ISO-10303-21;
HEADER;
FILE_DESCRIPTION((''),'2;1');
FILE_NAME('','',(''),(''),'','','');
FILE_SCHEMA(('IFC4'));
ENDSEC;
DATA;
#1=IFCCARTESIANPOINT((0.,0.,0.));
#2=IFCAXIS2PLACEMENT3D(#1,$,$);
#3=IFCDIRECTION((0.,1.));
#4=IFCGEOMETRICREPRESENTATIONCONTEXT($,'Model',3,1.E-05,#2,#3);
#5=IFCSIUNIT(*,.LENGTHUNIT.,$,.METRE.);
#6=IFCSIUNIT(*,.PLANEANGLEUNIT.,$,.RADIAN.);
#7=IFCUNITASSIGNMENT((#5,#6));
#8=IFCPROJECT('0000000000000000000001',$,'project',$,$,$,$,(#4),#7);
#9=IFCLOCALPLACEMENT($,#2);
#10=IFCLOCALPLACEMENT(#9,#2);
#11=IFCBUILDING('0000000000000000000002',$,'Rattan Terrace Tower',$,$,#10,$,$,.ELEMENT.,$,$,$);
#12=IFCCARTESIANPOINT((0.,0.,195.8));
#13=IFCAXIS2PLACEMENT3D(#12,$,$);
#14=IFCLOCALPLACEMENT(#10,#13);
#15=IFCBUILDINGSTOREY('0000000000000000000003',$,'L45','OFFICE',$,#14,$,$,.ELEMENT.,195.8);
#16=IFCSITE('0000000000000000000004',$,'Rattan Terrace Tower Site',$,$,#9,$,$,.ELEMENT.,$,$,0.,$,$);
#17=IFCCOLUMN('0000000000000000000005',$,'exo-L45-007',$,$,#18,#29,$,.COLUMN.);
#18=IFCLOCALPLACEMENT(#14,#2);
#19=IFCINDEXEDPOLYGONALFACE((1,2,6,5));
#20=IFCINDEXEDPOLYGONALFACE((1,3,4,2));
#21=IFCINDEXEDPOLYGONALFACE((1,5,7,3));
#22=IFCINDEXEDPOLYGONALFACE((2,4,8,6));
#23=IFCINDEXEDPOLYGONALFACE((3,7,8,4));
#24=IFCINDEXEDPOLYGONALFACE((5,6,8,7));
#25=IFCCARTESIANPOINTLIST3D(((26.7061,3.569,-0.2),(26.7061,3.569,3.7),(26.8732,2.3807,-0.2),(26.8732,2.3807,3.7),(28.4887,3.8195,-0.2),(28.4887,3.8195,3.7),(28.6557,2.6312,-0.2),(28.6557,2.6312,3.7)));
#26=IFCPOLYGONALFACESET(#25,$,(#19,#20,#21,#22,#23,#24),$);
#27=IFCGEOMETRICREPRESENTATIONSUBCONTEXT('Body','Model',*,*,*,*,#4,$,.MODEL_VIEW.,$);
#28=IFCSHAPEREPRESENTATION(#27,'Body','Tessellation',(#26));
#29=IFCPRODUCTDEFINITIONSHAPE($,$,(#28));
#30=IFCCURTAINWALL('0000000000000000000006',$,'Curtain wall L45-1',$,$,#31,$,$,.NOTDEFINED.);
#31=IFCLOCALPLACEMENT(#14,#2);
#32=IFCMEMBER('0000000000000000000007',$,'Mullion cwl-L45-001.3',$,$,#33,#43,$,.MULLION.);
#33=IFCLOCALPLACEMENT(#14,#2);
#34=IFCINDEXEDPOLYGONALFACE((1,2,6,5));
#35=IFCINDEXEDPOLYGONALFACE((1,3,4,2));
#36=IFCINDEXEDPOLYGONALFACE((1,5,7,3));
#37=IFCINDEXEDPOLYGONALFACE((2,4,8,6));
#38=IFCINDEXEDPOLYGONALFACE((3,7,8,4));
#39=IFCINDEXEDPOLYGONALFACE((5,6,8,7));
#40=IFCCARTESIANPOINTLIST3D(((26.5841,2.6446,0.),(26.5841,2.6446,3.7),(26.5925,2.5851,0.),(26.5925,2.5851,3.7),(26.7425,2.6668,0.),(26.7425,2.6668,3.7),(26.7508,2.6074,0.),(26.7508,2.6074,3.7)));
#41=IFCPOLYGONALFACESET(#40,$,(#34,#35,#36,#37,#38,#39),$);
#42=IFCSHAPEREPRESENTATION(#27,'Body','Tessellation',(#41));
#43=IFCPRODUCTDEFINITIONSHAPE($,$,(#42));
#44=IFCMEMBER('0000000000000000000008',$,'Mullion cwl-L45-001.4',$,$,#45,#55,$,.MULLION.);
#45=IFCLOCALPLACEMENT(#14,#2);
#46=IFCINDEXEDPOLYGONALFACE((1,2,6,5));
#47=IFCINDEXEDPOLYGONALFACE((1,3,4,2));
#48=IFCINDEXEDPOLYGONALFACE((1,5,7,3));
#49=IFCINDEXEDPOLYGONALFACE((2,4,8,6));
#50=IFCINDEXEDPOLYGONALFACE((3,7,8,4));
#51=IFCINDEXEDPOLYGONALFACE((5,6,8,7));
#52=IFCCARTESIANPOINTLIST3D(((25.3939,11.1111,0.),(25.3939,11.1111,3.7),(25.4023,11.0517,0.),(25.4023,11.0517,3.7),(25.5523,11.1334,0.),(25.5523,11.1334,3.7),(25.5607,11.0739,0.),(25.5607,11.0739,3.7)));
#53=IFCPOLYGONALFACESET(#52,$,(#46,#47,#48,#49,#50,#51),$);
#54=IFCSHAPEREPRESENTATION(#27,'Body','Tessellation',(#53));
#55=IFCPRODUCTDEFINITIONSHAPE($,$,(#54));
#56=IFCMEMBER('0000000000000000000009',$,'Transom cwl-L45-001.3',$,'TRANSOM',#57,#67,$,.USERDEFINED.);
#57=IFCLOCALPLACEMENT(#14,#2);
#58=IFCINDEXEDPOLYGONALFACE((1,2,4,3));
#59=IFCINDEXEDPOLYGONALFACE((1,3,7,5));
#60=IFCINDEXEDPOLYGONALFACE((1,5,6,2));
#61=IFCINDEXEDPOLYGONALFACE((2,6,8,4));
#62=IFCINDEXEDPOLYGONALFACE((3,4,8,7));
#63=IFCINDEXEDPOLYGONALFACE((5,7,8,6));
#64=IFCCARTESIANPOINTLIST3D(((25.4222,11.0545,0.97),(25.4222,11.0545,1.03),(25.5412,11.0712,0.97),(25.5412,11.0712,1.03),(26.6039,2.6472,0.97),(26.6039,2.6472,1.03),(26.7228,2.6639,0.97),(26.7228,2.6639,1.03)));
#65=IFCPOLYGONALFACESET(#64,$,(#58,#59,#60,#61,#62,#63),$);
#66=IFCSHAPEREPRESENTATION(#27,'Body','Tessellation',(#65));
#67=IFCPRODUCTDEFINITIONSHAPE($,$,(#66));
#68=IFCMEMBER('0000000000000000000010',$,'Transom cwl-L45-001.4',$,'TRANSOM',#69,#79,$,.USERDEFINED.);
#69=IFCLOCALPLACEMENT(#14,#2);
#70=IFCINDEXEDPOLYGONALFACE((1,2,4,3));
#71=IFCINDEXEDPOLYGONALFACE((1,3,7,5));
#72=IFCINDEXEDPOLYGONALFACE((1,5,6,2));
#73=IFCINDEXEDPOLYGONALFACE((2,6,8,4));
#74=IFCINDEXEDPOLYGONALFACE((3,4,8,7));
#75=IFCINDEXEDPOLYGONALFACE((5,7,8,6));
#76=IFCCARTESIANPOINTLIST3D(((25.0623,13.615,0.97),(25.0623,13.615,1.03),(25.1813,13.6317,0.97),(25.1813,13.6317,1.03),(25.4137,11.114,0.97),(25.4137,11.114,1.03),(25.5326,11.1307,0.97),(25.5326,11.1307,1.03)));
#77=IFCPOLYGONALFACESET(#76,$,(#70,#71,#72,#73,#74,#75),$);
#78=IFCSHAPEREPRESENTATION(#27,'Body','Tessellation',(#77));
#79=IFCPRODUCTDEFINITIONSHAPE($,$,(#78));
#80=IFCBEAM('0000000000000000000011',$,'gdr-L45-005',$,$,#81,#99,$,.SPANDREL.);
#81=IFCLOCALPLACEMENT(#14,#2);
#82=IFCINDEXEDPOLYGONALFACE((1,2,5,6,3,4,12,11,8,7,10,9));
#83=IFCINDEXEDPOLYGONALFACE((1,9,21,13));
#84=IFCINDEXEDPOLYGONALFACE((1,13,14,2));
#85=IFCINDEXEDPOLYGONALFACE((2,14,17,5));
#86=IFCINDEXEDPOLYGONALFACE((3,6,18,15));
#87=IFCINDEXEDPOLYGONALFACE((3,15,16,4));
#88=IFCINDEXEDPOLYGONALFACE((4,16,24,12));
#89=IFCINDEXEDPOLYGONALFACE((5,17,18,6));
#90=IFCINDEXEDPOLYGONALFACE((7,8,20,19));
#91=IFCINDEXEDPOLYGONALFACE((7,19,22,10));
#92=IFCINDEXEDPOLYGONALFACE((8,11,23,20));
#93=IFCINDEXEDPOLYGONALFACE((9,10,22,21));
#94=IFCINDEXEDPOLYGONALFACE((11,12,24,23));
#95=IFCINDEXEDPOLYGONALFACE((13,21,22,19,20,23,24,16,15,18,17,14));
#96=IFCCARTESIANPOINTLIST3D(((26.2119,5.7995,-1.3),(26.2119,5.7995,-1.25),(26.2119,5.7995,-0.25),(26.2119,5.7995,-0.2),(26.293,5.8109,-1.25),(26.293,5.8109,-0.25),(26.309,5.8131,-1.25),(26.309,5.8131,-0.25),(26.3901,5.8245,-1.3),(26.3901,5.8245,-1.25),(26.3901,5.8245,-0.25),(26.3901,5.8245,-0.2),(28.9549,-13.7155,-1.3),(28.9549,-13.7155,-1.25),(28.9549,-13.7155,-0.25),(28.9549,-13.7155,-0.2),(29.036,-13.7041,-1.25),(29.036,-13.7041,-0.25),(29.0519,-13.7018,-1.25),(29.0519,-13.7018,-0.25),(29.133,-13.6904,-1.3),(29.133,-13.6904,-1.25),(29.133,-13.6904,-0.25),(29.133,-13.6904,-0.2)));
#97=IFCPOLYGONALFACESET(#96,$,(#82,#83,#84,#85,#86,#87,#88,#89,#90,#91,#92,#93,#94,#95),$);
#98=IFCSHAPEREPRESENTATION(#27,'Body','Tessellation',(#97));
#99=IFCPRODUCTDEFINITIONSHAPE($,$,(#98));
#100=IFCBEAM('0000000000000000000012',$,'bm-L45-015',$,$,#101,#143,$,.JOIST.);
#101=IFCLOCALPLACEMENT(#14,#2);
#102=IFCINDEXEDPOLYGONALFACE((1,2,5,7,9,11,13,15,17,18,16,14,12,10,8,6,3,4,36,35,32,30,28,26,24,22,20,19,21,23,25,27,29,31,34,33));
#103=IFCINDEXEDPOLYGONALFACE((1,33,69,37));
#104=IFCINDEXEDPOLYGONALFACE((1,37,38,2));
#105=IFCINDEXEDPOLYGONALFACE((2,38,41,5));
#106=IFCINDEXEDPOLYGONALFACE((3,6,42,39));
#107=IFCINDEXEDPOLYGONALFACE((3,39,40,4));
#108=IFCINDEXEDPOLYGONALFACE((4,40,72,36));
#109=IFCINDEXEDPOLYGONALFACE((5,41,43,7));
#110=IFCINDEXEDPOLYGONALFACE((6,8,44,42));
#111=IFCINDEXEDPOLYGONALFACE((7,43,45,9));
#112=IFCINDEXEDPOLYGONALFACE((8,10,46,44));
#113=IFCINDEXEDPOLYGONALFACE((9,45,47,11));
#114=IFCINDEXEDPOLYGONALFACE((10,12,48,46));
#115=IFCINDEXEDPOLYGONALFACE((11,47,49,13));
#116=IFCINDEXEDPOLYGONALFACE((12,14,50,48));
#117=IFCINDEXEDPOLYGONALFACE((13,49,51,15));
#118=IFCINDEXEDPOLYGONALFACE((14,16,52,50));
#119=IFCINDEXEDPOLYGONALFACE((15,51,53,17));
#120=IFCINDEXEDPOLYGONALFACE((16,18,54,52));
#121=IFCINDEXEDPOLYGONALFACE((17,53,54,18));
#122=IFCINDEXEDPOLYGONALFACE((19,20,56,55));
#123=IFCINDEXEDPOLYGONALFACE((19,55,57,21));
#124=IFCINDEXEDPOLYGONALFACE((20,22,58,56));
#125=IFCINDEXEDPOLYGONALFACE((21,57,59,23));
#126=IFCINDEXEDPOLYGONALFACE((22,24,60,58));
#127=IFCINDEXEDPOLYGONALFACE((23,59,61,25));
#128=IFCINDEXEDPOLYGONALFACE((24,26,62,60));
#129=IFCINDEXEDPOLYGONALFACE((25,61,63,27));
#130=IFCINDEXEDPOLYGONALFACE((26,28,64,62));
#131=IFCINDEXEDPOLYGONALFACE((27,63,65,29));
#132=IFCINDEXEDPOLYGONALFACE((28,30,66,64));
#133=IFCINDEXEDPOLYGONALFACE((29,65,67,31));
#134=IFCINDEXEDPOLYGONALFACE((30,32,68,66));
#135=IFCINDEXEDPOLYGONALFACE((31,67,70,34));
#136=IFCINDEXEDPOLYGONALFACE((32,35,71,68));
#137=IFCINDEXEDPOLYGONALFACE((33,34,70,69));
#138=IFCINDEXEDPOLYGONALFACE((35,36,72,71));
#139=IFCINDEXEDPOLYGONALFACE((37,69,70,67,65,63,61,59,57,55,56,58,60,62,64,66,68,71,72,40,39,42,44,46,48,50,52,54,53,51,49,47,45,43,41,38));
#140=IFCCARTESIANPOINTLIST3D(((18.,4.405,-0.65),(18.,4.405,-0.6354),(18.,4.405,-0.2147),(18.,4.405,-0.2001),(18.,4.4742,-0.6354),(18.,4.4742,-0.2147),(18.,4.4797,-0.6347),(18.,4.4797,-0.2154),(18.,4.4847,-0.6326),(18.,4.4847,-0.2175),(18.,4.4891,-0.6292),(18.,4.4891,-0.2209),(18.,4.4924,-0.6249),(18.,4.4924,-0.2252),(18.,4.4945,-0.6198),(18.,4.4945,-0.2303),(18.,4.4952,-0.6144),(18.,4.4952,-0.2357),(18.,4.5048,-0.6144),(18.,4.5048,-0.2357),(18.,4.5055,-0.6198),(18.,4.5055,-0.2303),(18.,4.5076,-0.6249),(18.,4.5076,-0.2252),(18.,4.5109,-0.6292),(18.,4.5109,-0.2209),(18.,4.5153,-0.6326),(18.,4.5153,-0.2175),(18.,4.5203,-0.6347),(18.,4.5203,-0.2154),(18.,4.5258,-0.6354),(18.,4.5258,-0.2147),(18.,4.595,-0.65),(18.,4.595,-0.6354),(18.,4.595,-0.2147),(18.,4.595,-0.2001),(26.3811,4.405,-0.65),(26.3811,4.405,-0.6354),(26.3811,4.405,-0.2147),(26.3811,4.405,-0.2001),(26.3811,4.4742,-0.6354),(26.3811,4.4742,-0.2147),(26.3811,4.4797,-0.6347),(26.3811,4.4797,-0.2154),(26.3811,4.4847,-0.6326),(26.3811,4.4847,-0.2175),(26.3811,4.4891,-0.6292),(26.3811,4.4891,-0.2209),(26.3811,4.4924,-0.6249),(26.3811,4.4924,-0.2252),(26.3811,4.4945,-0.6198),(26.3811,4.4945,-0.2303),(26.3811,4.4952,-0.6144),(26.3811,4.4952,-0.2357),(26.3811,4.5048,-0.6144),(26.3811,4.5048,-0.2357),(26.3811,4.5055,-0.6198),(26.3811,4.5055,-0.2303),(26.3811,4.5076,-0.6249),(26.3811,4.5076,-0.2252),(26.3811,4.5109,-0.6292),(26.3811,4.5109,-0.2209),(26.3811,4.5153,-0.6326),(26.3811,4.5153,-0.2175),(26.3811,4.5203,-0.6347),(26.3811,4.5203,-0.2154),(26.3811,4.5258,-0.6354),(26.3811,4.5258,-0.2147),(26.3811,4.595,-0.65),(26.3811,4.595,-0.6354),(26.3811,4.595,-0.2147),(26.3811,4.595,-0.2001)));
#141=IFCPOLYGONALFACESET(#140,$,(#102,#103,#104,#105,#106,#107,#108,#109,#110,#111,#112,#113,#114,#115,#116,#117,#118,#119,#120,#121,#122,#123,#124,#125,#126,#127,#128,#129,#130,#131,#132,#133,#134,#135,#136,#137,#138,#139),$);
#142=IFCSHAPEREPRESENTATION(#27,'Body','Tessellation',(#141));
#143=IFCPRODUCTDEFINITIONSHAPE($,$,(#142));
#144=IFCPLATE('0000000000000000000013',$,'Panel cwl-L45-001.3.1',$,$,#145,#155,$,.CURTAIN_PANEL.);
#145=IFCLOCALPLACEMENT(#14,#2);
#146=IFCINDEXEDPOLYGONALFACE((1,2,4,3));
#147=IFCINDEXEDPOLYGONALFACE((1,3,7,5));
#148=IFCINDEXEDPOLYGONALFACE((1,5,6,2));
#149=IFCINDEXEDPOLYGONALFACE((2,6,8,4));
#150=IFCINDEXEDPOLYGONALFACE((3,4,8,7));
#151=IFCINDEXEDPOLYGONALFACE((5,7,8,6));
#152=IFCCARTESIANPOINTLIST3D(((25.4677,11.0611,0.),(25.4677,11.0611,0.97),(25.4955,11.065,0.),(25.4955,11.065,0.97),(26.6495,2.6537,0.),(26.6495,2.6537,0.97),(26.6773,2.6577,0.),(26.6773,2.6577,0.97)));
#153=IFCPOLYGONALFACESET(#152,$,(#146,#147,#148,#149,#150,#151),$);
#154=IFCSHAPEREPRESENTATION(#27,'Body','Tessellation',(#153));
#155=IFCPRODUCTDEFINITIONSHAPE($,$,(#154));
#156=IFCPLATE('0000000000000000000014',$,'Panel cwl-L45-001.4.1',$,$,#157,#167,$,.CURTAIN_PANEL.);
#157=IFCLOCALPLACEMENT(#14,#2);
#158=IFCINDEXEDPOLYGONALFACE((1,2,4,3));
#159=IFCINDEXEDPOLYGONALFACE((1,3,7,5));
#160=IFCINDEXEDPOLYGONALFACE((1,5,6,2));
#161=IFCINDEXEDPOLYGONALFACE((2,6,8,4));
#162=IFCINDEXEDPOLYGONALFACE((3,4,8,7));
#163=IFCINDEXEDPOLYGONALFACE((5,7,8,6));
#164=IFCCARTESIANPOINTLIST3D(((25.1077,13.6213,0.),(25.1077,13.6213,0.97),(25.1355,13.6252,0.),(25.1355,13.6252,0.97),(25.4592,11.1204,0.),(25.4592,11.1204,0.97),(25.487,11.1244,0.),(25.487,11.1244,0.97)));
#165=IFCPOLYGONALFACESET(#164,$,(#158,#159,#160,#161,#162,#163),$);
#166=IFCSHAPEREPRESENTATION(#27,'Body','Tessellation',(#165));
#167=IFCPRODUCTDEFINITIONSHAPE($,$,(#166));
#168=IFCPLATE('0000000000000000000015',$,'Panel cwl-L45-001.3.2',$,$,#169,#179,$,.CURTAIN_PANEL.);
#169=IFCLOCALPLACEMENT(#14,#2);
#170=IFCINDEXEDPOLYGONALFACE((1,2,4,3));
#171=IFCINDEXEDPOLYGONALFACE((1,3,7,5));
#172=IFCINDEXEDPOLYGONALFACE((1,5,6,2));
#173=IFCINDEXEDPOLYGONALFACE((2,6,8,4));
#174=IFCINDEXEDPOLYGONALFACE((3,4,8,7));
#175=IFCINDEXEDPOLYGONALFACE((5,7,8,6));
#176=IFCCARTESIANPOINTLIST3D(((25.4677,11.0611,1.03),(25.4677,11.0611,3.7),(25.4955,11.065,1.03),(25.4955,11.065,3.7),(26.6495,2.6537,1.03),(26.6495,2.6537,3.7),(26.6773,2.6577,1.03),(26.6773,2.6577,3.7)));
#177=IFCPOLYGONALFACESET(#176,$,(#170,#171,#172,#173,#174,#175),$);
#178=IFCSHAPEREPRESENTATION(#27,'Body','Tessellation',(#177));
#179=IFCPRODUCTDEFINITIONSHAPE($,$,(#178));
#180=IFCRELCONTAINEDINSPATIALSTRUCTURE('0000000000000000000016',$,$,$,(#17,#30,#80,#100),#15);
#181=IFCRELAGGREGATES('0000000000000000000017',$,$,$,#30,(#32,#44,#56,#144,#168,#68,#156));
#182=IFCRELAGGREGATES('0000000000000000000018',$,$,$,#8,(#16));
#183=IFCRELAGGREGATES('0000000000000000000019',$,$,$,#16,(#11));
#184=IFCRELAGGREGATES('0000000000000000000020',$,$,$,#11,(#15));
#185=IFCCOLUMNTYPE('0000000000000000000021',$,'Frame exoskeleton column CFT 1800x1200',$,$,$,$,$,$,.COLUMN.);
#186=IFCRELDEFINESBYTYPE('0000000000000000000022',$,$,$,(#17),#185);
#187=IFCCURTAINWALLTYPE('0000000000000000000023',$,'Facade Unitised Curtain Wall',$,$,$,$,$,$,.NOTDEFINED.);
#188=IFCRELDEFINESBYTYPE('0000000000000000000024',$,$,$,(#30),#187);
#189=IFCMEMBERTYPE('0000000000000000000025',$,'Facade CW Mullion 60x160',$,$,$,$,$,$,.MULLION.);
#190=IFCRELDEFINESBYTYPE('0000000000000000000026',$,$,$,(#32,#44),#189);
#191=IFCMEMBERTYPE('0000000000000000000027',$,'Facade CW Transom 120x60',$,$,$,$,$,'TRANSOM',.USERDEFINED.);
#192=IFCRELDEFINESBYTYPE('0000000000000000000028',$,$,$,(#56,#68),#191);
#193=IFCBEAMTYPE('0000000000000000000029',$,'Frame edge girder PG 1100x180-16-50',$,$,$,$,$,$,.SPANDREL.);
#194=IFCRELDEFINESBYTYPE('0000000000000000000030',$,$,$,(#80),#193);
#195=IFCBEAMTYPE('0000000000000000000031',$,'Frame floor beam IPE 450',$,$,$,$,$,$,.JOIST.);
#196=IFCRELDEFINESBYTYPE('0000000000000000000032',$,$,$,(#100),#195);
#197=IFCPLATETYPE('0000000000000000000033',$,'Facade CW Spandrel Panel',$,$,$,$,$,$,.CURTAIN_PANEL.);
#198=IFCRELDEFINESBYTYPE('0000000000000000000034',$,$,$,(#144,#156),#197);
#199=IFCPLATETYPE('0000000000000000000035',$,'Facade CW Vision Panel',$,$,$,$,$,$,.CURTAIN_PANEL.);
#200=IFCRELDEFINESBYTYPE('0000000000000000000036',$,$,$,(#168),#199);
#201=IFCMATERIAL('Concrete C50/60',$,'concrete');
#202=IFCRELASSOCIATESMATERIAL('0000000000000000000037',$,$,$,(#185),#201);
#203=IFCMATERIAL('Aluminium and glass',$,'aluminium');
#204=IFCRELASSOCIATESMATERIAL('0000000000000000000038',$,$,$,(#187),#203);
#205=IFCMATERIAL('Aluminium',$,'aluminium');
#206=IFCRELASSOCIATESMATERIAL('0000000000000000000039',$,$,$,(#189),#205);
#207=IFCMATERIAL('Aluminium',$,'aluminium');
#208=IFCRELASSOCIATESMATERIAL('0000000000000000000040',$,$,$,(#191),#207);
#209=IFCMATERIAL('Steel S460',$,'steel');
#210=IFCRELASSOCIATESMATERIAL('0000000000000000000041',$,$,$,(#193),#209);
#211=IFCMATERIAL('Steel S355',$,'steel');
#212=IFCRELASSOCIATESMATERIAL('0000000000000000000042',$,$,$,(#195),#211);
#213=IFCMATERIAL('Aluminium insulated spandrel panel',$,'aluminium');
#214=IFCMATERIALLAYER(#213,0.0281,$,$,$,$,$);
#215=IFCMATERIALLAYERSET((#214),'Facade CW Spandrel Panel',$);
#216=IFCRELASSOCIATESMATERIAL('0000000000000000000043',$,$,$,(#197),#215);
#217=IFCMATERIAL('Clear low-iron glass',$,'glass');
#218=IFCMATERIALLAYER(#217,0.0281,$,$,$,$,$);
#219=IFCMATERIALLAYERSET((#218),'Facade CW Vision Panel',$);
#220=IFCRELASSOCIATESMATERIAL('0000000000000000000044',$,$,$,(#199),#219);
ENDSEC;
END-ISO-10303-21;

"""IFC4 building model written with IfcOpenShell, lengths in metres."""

from ifc_helpers import new_model, si_unit, direction, frame, origin, origin_2d, place, context, subcontext, project, spatial, rectangle, i_section, extrude, material, layer, layer_set, material_profile, profile_set, type_object, element, aggregate, save


model = new_model("IFC4")

# Units and contexts
model_context = context("Model", 3, precision=1e-05, world=origin(), true_north=direction((0.0, 1.0)))
body_context = subcontext(model_context, "Body", "Model", "MODEL_VIEW")
ifc_project = project(units=[si_unit("LENGTHUNIT", "METRE"), si_unit("PLANEANGLEUNIT", "RADIAN")], contexts=[model_context])

# Site, building, storey
site_placement = place(None, origin())
site = spatial("IfcSite", under=ifc_project, at=site_placement, Name="Rattan Terrace Tower Site", CompositionType="ELEMENT", RefElevation=0.0)
building_placement = place(site_placement, origin())
building = spatial("IfcBuilding", under=site, at=building_placement, Name="Rattan Terrace Tower", CompositionType="ELEMENT")
storey_placement = place(building_placement, frame((0.0, 0.0, 195.8)))
storey = spatial("IfcBuildingStorey", under=building, at=storey_placement, Name="L45", Description="OFFICE", CompositionType="ELEMENT", Elevation=195.8)

# Column
ifc_material_1 = material(Name="Concrete C50/60", Category="concrete")
ifc_material_profile_1 = material_profile(ifc_material_1, rectangle(XDim=1.2, YDim=1.8, at=origin_2d()), Name="CFT 1800x1200")
ifc_profile_set_1 = profile_set([ifc_material_profile_1], Name="Concrete C50/60")
column_type = type_object("IfcColumnType", Name="Frame exoskeleton column CFT 1800x1200", PredefinedType="COLUMN", material=ifc_profile_set_1)
column_placement = place(storey_placement, frame((27.6809, 3.1001, -0.2), z_axis=(0.0, 0.0, 1.0), x_axis=(-0.13919, 0.990266, 0.0)))
element("IfcColumn", 1, at=column_placement, inside=storey, type_object=column_type, Name="exo-L45-007", PredefinedType="COLUMN", context=body_context, shape_type="SweptSolid", body=[
    extrude(rectangle(XDim=1.2, YDim=1.8, at=origin_2d()), origin(), (0.0, 0.0, 1.0), 3.8999),
])

# Curtain wall, members
ifc_material_2 = material(Name="Aluminium and glass", Category="aluminium")
curtain_wall_type = type_object("IfcCurtainWallType", Name="Facade Unitised Curtain Wall", PredefinedType="NOTDEFINED", material=ifc_material_2)
curtain_wall_placement = place(storey_placement, origin())
curtain_wall = element("IfcCurtainWall", 2, at=curtain_wall_placement, inside=storey, type_object=curtain_wall_type, Name="Curtain wall L45-1", PredefinedType="NOTDEFINED")
ifc_material_3 = material(Name="Aluminium", Category="aluminium")
ifc_material_profile_2 = material_profile(ifc_material_3, rectangle(XDim=0.0601, YDim=0.1599, at=origin_2d()), Name="Aluminium 60x160")
ifc_profile_set_2 = profile_set([ifc_material_profile_2], Name="Aluminium")
member_type_1 = type_object("IfcMemberType", Name="Facade CW Mullion 60x160", PredefinedType="MULLION", material=ifc_profile_set_2)
member_1_placement = place(storey_placement, frame((26.6675, 2.626, 0.0), z_axis=(0.0, 0.0, 1.0), x_axis=(-0.139191, 0.990266, 0.0)))
member_1 = element("IfcMember", 3, at=member_1_placement, type_object=member_type_1, Name="Mullion cwl-L45-001.3", PredefinedType="MULLION", context=body_context, shape_type="SweptSolid", body=[
    extrude(rectangle(XDim=0.0601, YDim=0.1599, at=origin_2d()), origin(), (0.0, 0.0, 1.0), 3.7),
])
member_2_placement = place(storey_placement, frame((25.4773, 11.0925, 0.0), z_axis=(0.0, 0.0, 1.0), x_axis=(-0.139191, 0.990266, 0.0)))
member_2 = element("IfcMember", 4, at=member_2_placement, type_object=member_type_1, Name="Mullion cwl-L45-001.4", PredefinedType="MULLION", context=body_context, shape_type="SweptSolid", body=[
    extrude(rectangle(XDim=0.0601, YDim=0.1599, at=origin_2d()), origin(), (0.0, 0.0, 1.0), 3.7),
])
ifc_material_4 = material(Name="Aluminium", Category="aluminium")
ifc_material_profile_3 = material_profile(ifc_material_4, rectangle(XDim=0.1201, YDim=0.0601, at=origin_2d()), Name="Aluminium 120x60")
ifc_profile_set_3 = profile_set([ifc_material_profile_3], Name="Aluminium")
member_type_2 = type_object("IfcMemberType", Name="Facade CW Transom 120x60", ElementType="TRANSOM", PredefinedType="USERDEFINED", material=ifc_profile_set_3)
member_3_placement = place(storey_placement, frame((26.6633, 2.6555, 1.0), z_axis=(-0.139179, 0.990267, 0.0), x_axis=(-0.990267, -0.139179, 0.0)))
member_3 = element("IfcMember", 5, at=member_3_placement, type_object=member_type_2, Name="Transom cwl-L45-001.3", ObjectType="TRANSOM", PredefinedType="USERDEFINED", context=body_context, shape_type="SweptSolid", body=[
    extrude(rectangle(XDim=0.1201, YDim=0.0601, at=origin_2d()), origin(), (0.0, 0.0, 1.0), 8.49),
])
member_4_placement = place(storey_placement, frame((25.4731, 11.1223, 1.0), z_axis=(-0.139107, 0.990277, 0.0), x_axis=(-0.990277, -0.139107, 0.0)))
member_4 = element("IfcMember", 6, at=member_4_placement, type_object=member_type_2, Name="Transom cwl-L45-001.4", ObjectType="TRANSOM", PredefinedType="USERDEFINED", context=body_context, shape_type="SweptSolid", body=[
    extrude(rectangle(XDim=0.1201, YDim=0.0601, at=origin_2d()), origin(), (0.0, 0.0, 1.0), 2.5256),
])

# Beams
ifc_material_5 = material(Name="Steel S460", Category="steel")
ifc_material_profile_4 = material_profile(ifc_material_5, i_section(OverallWidth=0.1799, OverallDepth=1.1001, WebThickness=0.0161, FlangeThickness=0.05, at=origin_2d()), Name="PG 1100x180-16-50")
ifc_profile_set_4 = profile_set([ifc_material_profile_4], Name="Steel S460")
beam_type_1 = type_object("IfcBeamType", Name="Frame edge girder PG 1100x180-16-50", PredefinedType="SPANDREL", material=ifc_profile_set_4)
beam_1_placement = place(storey_placement, frame((26.301, 5.812, -0.75), z_axis=(0.139187, -0.990266, 0.0), x_axis=(0.990266, 0.139187, 0.0)))
element("IfcBeam", 7, at=beam_1_placement, inside=storey, type_object=beam_type_1, Name="gdr-L45-005", PredefinedType="SPANDREL", context=body_context, shape_type="SweptSolid", body=[
    extrude(i_section(OverallWidth=0.1799, OverallDepth=1.1001, WebThickness=0.0161, FlangeThickness=0.05, at=origin_2d()), origin(), (0.0, 0.0, 1.0), 19.7068),
])
ifc_material_6 = material(Name="Steel S355", Category="steel")
ifc_material_profile_5 = material_profile(ifc_material_6, i_section(OverallWidth=0.1899, OverallDepth=0.45, WebThickness=0.0095, FlangeThickness=0.0146, FilletRadius=0.021, at=origin_2d()), Name="IPE 450")
ifc_profile_set_5 = profile_set([ifc_material_profile_5], Name="Steel S355")
beam_type_2 = type_object("IfcBeamType", Name="Frame floor beam IPE 450", PredefinedType="JOIST", material=ifc_profile_set_5)
beam_2_placement = place(storey_placement, frame((18.0, 4.5, -0.425), z_axis=(1.0, 0.0, 0.0), x_axis=(0.0, 1.0, 0.0)))
element("IfcBeam", 8, at=beam_2_placement, inside=storey, type_object=beam_type_2, Name="bm-L45-015", PredefinedType="JOIST", context=body_context, shape_type="SweptSolid", body=[
    extrude(i_section(OverallWidth=0.1899, OverallDepth=0.45, WebThickness=0.0095, FlangeThickness=0.0146, FilletRadius=0.021, at=origin_2d()), origin(), (0.0, 0.0, 1.0), 8.3811),
])

# Plates
ifc_material_7 = material(Name="Aluminium insulated spandrel panel", Category="aluminium")
ifc_layer_1 = layer(ifc_material_7, 0.0281)
ifc_layer_set_1 = layer_set([ifc_layer_1], Name="Facade CW Spandrel Panel")
plate_type_1 = type_object("IfcPlateType", Name="Facade CW Spandrel Panel", PredefinedType="CURTAIN_PANEL", material=ifc_layer_set_1)
plate_1_placement = place(storey_placement, frame((26.0725, 6.8594, 0.0), z_axis=(0.0, 0.0, 1.0), x_axis=(-0.139191, 0.990266, 0.0)))
plate_1 = element("IfcPlate", 9, at=plate_1_placement, type_object=plate_type_1, Name="Panel cwl-L45-001.3.1", PredefinedType="CURTAIN_PANEL", context=body_context, shape_type="SweptSolid", body=[
    extrude(rectangle(XDim=8.49, YDim=0.0281, at=origin_2d()), origin(), (0.0, 0.0, 1.0), 0.97),
])
plate_2_placement = place(storey_placement, frame((25.2974, 12.3728, 0.0), z_axis=(0.0, 0.0, 1.0), x_axis=(-0.139191, 0.990266, 0.0)))
plate_2 = element("IfcPlate", 10, at=plate_2_placement, type_object=plate_type_1, Name="Panel cwl-L45-001.4.1", PredefinedType="CURTAIN_PANEL", context=body_context, shape_type="SweptSolid", body=[
    extrude(rectangle(XDim=2.5254, YDim=0.0281, at=origin_2d()), origin(), (0.0, 0.0, 1.0), 0.97),
])
ifc_material_8 = material(Name="Clear low-iron glass", Category="glass")
ifc_layer_2 = layer(ifc_material_8, 0.0281)
ifc_layer_set_2 = layer_set([ifc_layer_2], Name="Facade CW Vision Panel")
plate_type_2 = type_object("IfcPlateType", Name="Facade CW Vision Panel", PredefinedType="CURTAIN_PANEL", material=ifc_layer_set_2)
plate_3_placement = place(storey_placement, frame((26.0725, 6.8594, 1.03), z_axis=(0.0, 0.0, 1.0), x_axis=(-0.139191, 0.990266, 0.0)))
plate_3 = element("IfcPlate", 11, at=plate_3_placement, type_object=plate_type_2, Name="Panel cwl-L45-001.3.2", PredefinedType="CURTAIN_PANEL", context=body_context, shape_type="SweptSolid", body=[
    extrude(rectangle(XDim=8.49, YDim=0.0281, at=origin_2d()), origin(), (0.0, 0.0, 1.0), 2.6699),
])
aggregate(curtain_wall, [member_1, member_2, member_3, plate_1, plate_3, member_4, plate_2])

save(model, "model.ifc")
